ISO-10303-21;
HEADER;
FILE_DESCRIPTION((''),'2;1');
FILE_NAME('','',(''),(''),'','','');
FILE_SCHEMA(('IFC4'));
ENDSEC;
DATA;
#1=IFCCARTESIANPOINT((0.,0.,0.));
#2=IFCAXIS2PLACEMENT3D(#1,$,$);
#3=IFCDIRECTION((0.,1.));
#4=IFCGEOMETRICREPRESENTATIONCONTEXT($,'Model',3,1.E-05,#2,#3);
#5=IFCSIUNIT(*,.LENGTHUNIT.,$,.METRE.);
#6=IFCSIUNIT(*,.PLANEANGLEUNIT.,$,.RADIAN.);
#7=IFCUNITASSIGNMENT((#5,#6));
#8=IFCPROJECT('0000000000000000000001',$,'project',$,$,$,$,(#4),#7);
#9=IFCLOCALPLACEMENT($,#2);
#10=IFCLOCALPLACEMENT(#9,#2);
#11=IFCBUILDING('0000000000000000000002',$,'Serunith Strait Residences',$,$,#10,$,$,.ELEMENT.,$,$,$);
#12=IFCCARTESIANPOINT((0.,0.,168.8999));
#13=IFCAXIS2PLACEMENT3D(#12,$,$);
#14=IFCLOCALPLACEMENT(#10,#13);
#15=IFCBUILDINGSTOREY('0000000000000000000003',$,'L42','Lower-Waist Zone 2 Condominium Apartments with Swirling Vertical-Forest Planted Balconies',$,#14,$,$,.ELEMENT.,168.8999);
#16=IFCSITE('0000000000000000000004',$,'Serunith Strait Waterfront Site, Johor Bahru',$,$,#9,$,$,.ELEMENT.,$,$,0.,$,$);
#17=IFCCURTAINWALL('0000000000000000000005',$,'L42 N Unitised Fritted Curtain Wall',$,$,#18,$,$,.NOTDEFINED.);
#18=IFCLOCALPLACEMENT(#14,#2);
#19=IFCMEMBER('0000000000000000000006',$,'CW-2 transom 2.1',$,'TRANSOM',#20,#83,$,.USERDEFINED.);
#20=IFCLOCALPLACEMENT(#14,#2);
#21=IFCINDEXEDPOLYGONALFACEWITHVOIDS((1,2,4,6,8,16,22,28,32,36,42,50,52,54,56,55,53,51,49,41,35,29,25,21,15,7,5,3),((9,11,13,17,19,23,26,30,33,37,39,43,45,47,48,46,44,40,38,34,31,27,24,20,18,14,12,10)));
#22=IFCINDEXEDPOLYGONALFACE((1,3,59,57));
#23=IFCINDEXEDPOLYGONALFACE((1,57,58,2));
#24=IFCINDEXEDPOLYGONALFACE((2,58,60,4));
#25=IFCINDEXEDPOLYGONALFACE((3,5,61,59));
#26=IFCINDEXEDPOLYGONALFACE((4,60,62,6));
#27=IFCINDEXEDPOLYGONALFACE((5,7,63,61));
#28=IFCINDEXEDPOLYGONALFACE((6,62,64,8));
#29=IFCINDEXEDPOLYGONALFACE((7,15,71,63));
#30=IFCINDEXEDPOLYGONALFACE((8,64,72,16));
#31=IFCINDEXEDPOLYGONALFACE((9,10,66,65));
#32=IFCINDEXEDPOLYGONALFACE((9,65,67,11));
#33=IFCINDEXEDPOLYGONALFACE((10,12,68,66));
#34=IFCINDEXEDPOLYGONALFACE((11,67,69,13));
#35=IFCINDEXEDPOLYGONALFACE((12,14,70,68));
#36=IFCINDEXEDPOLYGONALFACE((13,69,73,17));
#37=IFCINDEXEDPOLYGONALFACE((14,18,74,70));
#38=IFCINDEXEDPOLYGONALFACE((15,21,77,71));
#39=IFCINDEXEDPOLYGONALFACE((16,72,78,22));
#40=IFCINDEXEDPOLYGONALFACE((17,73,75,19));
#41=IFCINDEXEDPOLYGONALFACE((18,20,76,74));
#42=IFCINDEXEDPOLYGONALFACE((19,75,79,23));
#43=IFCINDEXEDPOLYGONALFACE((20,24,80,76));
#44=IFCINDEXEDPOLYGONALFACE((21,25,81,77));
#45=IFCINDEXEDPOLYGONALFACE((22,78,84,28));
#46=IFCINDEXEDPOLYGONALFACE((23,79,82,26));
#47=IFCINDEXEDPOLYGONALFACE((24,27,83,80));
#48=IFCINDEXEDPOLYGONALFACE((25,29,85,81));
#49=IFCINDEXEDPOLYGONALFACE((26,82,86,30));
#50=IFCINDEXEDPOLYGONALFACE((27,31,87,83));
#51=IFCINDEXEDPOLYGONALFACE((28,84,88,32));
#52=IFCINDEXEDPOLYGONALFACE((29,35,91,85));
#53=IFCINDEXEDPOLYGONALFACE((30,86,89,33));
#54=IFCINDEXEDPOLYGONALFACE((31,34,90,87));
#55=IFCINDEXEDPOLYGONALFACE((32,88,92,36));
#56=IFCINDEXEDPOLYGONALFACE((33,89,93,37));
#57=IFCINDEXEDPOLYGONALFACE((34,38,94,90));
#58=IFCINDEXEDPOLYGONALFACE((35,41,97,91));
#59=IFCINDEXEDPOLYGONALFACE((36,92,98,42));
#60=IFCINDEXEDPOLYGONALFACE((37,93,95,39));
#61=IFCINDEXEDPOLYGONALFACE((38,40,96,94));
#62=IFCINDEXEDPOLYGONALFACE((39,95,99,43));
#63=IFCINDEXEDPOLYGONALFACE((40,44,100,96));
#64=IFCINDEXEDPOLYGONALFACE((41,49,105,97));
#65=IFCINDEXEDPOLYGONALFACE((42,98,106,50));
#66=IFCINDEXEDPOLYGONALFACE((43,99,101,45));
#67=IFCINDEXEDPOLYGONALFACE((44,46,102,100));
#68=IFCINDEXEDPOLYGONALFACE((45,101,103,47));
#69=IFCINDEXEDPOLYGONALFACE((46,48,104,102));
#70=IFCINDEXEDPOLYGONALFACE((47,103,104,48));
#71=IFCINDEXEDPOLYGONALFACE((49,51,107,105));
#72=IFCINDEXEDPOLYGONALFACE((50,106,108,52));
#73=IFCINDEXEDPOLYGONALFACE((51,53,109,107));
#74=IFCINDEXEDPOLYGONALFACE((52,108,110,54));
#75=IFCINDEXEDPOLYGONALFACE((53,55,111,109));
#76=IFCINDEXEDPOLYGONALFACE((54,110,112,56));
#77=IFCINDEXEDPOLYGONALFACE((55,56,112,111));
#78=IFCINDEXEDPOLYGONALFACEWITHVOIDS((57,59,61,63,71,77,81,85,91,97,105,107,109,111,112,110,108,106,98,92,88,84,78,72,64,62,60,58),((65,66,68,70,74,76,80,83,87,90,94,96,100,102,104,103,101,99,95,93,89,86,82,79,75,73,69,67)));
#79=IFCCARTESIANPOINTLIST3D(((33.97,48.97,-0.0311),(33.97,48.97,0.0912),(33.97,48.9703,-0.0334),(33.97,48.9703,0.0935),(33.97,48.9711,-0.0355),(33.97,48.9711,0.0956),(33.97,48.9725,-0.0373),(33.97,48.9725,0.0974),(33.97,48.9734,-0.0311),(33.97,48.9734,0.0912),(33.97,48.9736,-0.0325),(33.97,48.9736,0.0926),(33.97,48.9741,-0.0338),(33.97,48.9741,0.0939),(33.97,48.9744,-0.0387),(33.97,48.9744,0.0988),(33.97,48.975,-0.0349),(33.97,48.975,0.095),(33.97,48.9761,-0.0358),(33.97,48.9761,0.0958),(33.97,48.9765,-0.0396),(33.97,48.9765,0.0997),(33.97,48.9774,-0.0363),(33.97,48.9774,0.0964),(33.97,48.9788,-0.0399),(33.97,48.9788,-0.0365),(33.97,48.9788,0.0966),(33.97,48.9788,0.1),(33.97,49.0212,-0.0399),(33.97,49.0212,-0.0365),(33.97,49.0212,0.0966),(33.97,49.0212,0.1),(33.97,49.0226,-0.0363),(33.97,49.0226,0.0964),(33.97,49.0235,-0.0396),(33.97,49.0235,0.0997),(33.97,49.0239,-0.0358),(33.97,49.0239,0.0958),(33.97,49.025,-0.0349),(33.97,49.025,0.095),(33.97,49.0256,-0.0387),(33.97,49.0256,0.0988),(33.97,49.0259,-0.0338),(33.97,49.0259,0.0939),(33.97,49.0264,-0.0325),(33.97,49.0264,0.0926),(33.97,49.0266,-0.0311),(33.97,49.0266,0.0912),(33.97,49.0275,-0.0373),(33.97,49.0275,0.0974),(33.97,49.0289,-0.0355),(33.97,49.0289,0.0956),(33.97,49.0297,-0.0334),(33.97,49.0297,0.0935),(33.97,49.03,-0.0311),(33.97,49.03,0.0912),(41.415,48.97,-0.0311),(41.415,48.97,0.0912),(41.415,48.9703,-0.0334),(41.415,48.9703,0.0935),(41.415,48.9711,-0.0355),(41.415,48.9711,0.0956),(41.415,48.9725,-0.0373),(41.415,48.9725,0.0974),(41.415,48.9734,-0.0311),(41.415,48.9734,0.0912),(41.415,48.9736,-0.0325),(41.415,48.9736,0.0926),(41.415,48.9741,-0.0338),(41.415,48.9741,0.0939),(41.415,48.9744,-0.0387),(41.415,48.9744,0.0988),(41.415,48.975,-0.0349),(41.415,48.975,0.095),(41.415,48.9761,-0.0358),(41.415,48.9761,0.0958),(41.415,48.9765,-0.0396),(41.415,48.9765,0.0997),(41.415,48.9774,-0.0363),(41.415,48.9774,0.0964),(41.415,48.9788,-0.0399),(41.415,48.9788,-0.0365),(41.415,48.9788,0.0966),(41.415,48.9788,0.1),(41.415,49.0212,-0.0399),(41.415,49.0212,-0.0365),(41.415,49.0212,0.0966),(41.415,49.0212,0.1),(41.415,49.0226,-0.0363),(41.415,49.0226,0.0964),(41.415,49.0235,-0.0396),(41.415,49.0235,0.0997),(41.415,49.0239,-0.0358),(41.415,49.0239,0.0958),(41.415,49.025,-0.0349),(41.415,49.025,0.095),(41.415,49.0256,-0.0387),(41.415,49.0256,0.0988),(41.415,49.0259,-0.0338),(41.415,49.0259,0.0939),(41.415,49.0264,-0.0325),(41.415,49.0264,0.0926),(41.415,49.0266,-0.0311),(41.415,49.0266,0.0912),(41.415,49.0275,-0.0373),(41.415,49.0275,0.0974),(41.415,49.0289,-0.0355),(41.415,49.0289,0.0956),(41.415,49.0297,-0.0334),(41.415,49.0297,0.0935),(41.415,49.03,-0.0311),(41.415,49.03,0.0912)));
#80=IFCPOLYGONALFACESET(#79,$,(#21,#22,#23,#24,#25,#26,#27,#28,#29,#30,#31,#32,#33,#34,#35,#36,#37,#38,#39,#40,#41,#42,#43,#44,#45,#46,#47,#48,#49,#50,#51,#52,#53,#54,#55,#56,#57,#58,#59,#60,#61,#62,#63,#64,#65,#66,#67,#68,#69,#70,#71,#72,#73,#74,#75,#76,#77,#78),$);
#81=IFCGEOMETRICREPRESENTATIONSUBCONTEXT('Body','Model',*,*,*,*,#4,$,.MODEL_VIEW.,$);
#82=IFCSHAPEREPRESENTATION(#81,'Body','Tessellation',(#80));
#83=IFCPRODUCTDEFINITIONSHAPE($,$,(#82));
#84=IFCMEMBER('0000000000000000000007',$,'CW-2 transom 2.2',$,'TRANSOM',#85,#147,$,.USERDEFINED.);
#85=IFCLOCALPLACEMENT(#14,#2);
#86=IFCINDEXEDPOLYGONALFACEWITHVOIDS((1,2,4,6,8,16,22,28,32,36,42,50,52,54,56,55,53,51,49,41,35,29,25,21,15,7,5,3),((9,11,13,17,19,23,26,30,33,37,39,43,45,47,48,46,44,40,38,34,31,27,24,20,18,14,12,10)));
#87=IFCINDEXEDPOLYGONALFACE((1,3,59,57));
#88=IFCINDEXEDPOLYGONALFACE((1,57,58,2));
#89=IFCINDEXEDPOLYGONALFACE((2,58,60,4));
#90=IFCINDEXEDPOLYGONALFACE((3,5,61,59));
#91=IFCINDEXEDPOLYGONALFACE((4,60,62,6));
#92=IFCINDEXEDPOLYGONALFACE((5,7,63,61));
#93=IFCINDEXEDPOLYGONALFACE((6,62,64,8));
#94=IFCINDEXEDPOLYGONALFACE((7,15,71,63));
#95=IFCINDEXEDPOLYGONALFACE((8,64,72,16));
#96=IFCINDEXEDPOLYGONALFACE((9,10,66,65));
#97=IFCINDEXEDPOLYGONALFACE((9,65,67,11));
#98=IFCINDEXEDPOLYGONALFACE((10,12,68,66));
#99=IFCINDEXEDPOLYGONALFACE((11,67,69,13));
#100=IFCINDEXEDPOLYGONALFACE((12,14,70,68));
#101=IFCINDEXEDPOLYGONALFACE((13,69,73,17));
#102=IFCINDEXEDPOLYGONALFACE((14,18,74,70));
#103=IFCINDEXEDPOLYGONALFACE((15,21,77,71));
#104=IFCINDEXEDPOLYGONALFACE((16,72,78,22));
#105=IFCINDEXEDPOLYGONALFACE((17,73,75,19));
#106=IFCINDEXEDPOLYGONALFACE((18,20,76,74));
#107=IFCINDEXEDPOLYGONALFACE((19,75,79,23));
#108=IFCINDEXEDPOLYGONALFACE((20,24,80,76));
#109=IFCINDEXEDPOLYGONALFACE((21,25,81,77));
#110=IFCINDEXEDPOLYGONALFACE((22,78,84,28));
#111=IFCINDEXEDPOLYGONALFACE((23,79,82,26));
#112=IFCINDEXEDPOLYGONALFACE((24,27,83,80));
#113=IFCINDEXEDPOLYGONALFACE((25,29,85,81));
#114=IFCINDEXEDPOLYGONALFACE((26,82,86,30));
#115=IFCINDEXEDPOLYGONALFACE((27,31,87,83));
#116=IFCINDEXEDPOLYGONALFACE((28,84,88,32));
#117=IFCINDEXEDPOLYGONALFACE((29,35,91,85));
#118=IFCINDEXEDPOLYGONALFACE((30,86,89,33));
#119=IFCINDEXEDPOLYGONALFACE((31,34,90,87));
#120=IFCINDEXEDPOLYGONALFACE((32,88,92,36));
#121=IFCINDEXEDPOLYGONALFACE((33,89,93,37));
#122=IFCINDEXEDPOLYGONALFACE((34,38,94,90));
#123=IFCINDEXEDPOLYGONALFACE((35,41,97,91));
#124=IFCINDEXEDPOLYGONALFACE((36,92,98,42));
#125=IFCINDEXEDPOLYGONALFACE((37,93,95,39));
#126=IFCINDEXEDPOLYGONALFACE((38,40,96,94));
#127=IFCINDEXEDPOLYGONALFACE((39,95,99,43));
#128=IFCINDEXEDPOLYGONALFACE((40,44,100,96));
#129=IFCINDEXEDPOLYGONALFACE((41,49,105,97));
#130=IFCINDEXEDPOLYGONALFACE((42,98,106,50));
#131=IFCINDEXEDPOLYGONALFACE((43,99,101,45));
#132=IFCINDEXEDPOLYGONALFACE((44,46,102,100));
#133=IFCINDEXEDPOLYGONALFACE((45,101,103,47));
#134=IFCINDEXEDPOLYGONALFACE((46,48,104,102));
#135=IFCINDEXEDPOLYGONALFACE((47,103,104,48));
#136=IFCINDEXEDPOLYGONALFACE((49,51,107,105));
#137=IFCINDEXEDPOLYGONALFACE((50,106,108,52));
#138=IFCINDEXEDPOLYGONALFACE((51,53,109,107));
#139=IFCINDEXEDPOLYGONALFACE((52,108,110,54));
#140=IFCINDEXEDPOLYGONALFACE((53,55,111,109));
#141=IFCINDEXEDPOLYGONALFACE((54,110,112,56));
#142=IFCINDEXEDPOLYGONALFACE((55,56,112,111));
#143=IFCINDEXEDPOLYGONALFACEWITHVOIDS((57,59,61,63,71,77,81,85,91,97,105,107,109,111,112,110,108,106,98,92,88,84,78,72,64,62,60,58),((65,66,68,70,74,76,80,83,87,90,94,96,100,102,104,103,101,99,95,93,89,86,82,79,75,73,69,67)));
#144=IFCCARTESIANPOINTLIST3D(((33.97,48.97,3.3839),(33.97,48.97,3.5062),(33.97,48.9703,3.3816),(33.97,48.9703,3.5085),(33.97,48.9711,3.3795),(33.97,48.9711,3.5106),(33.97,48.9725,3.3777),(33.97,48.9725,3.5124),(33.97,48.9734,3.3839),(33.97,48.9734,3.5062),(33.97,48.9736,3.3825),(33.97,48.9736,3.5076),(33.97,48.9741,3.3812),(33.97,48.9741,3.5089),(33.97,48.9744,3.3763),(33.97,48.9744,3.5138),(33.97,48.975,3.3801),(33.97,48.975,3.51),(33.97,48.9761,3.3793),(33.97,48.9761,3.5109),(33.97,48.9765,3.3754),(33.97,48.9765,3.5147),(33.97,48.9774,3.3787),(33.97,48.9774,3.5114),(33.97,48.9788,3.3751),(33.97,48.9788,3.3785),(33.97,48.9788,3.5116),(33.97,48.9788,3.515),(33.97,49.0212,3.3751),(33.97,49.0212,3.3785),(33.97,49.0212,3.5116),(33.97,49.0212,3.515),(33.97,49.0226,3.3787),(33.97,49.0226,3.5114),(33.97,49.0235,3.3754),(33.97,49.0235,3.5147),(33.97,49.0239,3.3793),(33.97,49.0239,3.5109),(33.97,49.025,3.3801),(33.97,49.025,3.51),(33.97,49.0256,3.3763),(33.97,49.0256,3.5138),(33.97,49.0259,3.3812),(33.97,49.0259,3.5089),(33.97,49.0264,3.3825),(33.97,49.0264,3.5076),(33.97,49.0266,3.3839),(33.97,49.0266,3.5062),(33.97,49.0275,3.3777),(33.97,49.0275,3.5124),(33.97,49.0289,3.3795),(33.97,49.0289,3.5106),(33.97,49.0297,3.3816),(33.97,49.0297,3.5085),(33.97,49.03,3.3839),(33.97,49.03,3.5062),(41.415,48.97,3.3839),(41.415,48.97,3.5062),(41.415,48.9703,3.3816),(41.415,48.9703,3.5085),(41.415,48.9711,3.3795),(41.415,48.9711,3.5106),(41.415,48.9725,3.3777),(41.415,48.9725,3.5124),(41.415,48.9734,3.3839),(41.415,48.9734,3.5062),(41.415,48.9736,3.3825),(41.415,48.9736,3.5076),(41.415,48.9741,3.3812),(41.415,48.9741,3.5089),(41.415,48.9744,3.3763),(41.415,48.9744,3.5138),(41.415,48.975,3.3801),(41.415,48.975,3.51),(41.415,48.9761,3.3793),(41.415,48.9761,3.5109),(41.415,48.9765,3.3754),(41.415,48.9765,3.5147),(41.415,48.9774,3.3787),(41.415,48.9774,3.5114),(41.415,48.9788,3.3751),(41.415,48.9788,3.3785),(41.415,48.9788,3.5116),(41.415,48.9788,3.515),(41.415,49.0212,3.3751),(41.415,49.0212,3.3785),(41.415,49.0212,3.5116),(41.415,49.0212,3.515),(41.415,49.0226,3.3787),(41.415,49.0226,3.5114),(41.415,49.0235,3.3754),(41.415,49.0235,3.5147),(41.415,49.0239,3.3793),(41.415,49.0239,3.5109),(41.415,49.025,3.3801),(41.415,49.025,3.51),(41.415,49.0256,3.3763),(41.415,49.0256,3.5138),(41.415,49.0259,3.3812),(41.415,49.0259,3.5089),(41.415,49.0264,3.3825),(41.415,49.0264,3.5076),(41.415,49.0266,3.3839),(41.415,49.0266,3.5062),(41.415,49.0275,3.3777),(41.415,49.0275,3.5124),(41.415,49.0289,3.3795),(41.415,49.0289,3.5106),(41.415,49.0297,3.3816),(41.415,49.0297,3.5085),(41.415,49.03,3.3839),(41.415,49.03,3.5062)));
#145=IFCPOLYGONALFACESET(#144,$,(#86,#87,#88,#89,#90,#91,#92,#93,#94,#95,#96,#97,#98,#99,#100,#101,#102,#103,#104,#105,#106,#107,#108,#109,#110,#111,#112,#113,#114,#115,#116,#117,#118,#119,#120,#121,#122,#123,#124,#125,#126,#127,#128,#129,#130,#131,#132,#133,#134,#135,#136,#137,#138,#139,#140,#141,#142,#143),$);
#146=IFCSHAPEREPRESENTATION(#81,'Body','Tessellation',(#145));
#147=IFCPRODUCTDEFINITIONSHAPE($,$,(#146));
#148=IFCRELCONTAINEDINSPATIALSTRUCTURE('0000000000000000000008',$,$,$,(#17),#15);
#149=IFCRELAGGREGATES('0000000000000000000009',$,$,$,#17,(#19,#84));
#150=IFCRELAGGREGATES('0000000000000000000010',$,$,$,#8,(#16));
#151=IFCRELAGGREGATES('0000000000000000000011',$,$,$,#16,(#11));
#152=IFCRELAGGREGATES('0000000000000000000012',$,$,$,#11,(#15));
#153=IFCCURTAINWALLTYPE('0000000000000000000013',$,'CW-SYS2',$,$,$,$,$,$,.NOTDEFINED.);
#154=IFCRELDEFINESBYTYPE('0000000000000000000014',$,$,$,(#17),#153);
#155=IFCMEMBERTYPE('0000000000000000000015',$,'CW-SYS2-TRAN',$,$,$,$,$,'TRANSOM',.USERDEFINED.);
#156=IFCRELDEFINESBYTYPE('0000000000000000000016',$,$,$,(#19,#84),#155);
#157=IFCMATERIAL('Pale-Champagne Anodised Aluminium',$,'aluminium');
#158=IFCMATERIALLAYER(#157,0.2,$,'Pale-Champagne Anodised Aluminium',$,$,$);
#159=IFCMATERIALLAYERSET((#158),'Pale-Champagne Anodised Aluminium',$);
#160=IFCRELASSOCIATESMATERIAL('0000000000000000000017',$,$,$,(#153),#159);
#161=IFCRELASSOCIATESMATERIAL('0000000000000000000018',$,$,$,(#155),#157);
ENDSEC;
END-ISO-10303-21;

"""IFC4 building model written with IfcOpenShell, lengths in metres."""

from ifc_helpers import new_model, si_unit, direction, frame, origin, origin_2d, place, context, subcontext, project, spatial, hollow_rectangle, extrude, source, transform, mapped, material, layer, layer_set, material_profile, profile_set, type_object, element, aggregate, save


model = new_model("IFC4")

# Units and contexts
model_context = context("Model", 3, precision=1e-05, world=origin(), true_north=direction((0.0, 1.0)))
body_context = subcontext(model_context, "Body", "Model", "MODEL_VIEW")
ifc_project = project(units=[si_unit("LENGTHUNIT", "METRE"), si_unit("PLANEANGLEUNIT", "RADIAN")], contexts=[model_context])

# Site, building, storey
site_placement = place(None, origin())
site = spatial("IfcSite", under=ifc_project, at=site_placement, Name="Serunith Strait Waterfront Site, Johor Bahru", CompositionType="ELEMENT", RefElevation=0.0)
building_placement = place(site_placement, origin())
building = spatial("IfcBuilding", under=site, at=building_placement, Name="Serunith Strait Residences", CompositionType="ELEMENT")
storey_placement = place(building_placement, frame((0.0, 0.0, 168.8999)))
storey = spatial("IfcBuildingStorey", under=building, at=storey_placement, Name="L42", Description="Lower-Waist Zone 2 Condominium Apartments with Swirling Vertical-Forest Planted Balconies", CompositionType="ELEMENT", Elevation=168.8999)

# Curtain wall
ifc_material_1 = material(Name="Pale-Champagne Anodised Aluminium", Category="aluminium")
ifc_layer_1 = layer(ifc_material_1, 0.2, Name="Pale-Champagne Anodised Aluminium")
ifc_layer_set_1 = layer_set([ifc_layer_1], Name="Pale-Champagne Anodised Aluminium")
curtain_wall_type = type_object("IfcCurtainWallType", Name="CW-SYS2", PredefinedType="NOTDEFINED", material=ifc_layer_set_1)
curtain_wall_1_placement = place(storey_placement, origin())
curtain_wall_1 = element("IfcCurtainWall", 1, at=curtain_wall_1_placement, inside=storey, type_object=curtain_wall_type, Name="L42 N Unitised Fritted Curtain Wall", PredefinedType="NOTDEFINED")

# Members
ifc_material_profile_1 = material_profile(ifc_material_1, hollow_rectangle(XDim=0.0601, YDim=0.1399, WallThickness=0.0034, InnerFilletRadius=0.0054, OuterFilletRadius=0.0088, at=origin_2d()), Name="ALU 140x60x3.5")
ifc_profile_set_1 = profile_set([ifc_material_profile_1], Name="Pale-Champagne Anodised Aluminium")
member_type_1 = type_object("IfcMemberType", Name="CW-SYS2-TRAN", ElementType="TRANSOM", PredefinedType="USERDEFINED", material=ifc_profile_set_1)
shared_shape_1 = source(origin(), body_context, "Body", "SweptSolid", [
    extrude(hollow_rectangle(XDim=0.0601, YDim=0.1399, WallThickness=0.0034, InnerFilletRadius=0.0054, OuterFilletRadius=0.0088, at=origin_2d()), origin(), (0.0, 0.0, 1.0), 7.4451),
])
member_1_placement = place(storey_placement, frame((41.415, 49.0, 0.03), z_axis=(-1.0, 0.0, 0.0), x_axis=(0.0, -1.0, 0.0)))
member_1 = element("IfcMember", 2, at=member_1_placement, type_object=member_type_1, Name="CW-2 transom 2.1", ObjectType="TRANSOM", PredefinedType="USERDEFINED", context=body_context, shape_type="MappedRepresentation", body=[
    mapped(shared_shape_1, transform((0.0, 0.0, 0.0), scale=1.0)),
])
member_2_placement = place(storey_placement, frame((41.415, 49.0, 3.4451), z_axis=(-1.0, 0.0, 0.0), x_axis=(0.0, -1.0, 0.0)))
member_2 = element("IfcMember", 3, at=member_2_placement, type_object=member_type_1, Name="CW-2 transom 2.2", ObjectType="TRANSOM", PredefinedType="USERDEFINED", context=body_context, shape_type="MappedRepresentation", body=[
    mapped(shared_shape_1, transform((0.0, 0.0, 0.0), scale=1.0)),
])

aggregate(curtain_wall_1, [member_1, member_2])

save(model, "model.ifc")
